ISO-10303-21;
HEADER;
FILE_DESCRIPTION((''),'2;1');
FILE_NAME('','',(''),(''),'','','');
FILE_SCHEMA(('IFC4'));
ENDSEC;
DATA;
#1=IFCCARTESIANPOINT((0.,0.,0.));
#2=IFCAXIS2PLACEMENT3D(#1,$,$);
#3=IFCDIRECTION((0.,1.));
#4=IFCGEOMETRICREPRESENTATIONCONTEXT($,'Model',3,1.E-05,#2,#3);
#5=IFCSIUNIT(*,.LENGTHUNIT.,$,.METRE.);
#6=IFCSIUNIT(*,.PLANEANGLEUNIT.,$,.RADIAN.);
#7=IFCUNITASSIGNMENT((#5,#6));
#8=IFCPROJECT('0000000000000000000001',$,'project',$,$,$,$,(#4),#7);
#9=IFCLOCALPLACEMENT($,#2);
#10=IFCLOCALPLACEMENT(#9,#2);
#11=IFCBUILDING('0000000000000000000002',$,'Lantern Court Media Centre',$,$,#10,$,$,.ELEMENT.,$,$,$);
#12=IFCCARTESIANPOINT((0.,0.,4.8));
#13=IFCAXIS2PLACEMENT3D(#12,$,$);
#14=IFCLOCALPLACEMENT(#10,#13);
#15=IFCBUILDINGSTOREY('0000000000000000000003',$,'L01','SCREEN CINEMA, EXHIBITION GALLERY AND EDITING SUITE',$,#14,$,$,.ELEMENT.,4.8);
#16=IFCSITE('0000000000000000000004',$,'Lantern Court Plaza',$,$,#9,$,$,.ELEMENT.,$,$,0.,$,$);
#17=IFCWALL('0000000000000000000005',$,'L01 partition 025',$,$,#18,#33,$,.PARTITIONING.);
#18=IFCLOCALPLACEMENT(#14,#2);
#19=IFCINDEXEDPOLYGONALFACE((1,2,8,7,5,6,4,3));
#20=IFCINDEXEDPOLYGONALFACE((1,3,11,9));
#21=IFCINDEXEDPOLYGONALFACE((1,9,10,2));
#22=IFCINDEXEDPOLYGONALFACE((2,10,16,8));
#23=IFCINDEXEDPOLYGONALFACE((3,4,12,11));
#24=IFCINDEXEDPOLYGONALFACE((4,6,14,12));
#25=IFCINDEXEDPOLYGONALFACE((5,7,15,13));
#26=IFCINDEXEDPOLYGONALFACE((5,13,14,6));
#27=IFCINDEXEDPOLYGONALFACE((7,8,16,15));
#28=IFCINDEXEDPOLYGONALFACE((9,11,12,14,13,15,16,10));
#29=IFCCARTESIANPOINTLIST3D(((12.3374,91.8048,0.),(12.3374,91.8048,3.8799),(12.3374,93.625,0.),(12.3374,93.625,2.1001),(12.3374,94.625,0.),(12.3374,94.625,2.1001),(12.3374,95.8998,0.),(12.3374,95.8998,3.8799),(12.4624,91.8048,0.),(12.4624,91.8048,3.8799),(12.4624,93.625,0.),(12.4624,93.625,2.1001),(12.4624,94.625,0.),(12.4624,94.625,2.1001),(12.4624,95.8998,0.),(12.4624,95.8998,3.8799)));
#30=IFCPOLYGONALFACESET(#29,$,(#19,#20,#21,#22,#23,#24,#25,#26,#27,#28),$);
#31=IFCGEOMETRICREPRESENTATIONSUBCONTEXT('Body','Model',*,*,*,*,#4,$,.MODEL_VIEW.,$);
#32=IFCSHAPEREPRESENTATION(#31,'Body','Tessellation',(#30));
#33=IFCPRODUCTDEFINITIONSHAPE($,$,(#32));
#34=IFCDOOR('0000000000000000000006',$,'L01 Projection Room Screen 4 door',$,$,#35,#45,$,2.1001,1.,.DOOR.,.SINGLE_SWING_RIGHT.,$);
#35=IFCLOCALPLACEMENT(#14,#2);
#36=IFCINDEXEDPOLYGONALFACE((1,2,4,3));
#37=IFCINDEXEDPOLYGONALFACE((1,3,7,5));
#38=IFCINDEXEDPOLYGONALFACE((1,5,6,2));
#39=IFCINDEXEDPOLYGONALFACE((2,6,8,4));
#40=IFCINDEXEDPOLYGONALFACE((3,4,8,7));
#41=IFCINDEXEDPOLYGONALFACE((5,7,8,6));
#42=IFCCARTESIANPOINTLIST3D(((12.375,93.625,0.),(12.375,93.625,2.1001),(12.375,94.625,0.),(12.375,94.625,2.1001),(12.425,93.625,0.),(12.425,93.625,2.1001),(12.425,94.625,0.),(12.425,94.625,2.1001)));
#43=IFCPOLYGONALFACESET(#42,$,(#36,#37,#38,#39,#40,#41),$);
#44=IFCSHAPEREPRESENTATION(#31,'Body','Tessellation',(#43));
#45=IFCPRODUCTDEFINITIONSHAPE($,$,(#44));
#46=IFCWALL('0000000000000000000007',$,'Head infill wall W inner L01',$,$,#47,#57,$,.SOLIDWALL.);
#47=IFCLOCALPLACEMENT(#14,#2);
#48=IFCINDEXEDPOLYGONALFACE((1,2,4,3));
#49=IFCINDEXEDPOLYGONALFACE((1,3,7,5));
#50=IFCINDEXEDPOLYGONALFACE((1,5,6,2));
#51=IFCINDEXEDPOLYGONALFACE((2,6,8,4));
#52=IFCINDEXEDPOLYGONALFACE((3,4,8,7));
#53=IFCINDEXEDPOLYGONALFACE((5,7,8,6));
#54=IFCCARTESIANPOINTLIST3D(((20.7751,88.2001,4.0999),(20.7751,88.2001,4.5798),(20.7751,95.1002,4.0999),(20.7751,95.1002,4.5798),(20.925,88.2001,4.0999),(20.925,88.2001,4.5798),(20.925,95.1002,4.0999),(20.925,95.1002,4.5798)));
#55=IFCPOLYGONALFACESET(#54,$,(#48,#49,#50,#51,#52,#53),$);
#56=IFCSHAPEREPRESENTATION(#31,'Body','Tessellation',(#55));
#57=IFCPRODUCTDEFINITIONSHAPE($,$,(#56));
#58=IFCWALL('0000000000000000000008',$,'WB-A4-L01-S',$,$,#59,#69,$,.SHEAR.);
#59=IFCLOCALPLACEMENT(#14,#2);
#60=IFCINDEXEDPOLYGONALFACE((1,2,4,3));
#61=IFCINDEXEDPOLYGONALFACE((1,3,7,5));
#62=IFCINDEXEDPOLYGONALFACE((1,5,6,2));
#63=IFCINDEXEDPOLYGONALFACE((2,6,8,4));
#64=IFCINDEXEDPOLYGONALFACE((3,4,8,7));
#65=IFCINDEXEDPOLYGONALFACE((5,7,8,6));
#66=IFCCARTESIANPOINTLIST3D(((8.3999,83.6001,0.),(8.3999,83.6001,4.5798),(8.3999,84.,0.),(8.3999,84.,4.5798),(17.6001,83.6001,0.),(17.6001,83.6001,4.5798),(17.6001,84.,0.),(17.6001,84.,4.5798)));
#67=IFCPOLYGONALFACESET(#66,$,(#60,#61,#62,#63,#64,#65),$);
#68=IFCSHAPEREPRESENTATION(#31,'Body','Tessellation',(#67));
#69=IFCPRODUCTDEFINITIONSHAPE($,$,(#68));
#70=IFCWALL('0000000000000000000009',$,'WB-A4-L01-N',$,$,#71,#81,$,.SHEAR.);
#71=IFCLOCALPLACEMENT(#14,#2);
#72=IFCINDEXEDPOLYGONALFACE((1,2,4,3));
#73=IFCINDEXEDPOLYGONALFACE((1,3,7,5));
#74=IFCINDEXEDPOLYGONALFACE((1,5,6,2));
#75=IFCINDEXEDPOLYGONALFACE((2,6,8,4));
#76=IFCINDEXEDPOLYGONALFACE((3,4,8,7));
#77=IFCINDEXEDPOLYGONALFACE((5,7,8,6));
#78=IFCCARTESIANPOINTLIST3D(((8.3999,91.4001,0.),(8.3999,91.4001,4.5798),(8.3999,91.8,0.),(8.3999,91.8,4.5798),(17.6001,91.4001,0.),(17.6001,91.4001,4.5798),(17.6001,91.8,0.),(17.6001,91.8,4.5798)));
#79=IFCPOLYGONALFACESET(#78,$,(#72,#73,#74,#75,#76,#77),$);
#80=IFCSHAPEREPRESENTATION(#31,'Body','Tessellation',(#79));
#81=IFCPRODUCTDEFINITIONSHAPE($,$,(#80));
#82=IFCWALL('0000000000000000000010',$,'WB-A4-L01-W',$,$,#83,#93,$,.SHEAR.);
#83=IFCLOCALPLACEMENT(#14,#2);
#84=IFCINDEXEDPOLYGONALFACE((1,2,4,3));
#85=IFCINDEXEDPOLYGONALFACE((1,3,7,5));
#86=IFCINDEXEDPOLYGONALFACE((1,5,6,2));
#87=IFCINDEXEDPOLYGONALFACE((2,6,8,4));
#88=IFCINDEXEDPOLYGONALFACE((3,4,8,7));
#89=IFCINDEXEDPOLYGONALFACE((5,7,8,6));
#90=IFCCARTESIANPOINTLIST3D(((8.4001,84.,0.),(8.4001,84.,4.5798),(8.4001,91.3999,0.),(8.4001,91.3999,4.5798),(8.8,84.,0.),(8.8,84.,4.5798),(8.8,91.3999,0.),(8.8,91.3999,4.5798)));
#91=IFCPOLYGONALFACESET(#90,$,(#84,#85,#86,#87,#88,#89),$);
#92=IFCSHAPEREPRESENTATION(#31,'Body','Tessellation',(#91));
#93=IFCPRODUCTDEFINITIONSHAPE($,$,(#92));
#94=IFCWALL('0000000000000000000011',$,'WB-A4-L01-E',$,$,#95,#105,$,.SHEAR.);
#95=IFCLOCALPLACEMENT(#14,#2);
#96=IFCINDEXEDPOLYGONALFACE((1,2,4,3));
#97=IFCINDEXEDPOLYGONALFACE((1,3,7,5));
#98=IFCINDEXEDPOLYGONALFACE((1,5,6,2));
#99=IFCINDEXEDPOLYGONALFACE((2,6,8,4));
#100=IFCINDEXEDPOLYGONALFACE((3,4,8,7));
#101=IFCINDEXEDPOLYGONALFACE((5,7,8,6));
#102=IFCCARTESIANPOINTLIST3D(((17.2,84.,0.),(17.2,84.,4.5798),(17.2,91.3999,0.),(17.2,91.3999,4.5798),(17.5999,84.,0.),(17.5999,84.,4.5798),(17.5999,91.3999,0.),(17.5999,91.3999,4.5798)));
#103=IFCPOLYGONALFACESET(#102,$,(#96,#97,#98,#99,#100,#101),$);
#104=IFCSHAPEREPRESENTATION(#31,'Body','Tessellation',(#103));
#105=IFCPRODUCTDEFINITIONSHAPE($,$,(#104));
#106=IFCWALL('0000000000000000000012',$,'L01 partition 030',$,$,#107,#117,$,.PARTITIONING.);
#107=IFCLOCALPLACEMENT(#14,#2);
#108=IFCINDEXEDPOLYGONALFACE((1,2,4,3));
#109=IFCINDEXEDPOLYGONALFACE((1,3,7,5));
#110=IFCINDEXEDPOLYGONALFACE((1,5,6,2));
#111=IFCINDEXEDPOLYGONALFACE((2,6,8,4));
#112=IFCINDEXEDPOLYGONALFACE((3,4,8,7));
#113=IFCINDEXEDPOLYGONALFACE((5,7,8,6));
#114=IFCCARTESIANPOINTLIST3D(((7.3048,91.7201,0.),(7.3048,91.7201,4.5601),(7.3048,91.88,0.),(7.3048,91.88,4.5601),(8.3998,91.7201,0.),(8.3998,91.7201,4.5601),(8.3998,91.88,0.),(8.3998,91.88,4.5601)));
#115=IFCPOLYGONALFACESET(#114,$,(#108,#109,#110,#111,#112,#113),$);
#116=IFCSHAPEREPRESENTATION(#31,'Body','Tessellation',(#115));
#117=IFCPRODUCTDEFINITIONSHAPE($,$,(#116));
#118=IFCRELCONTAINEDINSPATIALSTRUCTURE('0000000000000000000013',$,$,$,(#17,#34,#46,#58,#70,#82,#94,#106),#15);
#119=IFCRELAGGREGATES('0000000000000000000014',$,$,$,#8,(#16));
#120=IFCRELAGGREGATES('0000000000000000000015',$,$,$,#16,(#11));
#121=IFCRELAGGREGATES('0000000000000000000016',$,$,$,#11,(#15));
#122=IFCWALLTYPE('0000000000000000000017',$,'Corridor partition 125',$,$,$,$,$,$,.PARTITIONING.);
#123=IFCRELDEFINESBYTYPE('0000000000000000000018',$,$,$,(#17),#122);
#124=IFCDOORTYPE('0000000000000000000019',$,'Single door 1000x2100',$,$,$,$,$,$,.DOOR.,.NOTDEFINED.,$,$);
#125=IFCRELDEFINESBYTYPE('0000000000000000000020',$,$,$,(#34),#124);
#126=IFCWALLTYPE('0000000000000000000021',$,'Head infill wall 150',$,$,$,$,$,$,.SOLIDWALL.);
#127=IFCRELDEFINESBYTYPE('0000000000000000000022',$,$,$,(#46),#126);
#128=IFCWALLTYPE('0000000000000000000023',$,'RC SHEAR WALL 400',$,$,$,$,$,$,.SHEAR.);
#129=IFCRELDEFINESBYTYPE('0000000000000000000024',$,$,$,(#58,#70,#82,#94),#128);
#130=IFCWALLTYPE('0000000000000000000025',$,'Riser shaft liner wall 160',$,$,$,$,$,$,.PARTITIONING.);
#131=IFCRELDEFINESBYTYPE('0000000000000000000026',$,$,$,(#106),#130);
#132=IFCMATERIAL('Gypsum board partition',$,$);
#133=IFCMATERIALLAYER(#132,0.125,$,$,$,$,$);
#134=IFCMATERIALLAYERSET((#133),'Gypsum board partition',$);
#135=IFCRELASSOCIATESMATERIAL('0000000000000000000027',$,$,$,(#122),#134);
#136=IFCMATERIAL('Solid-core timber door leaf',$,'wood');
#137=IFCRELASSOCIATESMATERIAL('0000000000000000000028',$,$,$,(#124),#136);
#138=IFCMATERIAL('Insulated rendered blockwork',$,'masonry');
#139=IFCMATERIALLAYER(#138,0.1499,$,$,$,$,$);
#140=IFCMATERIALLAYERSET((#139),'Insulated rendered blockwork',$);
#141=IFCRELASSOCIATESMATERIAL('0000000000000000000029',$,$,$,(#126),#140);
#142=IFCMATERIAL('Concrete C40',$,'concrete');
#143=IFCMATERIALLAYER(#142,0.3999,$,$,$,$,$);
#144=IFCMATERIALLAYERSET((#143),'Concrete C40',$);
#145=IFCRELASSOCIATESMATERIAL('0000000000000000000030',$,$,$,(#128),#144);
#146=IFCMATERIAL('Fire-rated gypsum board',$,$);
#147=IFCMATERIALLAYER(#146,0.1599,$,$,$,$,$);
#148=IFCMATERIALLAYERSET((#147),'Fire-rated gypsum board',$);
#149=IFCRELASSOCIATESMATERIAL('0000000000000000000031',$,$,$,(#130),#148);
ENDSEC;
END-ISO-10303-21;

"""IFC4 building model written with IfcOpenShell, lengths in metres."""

from ifc_helpers import new_model, si_unit, direction, frame, frame_2d, origin, place, context, subcontext, project, spatial, rectangle, extrude, material, layer, layer_set, type_object, element, fill, save


model = new_model("IFC4")

# Units and contexts
model_context = context("Model", 3, precision=1e-05, world=origin(), true_north=direction((0.0, 1.0)))
body_context = subcontext(model_context, "Body", "Model", "MODEL_VIEW")
ifc_project = project(units=[si_unit("LENGTHUNIT", "METRE"), si_unit("PLANEANGLEUNIT", "RADIAN")], contexts=[model_context])

# Site, building, storey
site_placement = place(None, origin())
site = spatial("IfcSite", under=ifc_project, at=site_placement, Name="Lantern Court Plaza", CompositionType="ELEMENT", RefElevation=0.0)
building_placement = place(site_placement, origin())
building = spatial("IfcBuilding", under=site, at=building_placement, Name="Lantern Court Media Centre", CompositionType="ELEMENT")
storey_placement = place(building_placement, frame((0.0, 0.0, 4.8)))
storey = spatial("IfcBuildingStorey", under=building, at=storey_placement, Name="L01", Description="SCREEN CINEMA, EXHIBITION GALLERY AND EDITING SUITE", CompositionType="ELEMENT", Elevation=4.8)

# Wall, opening, door
ifc_material_1 = material(Name="Gypsum board partition")
ifc_layer_1 = layer(ifc_material_1, 0.125)
ifc_layer_set_1 = layer_set([ifc_layer_1], Name="Gypsum board partition")
wall_type_1 = type_object("IfcWallType", Name="Corridor partition 125", PredefinedType="PARTITIONING", material=ifc_layer_set_1)
wall_1_placement = place(storey_placement, frame((12.3999, 91.8049, 0.0), z_axis=(0.0, 0.0, 1.0), x_axis=(0.0, 1.0, 0.0)))
wall_1 = element("IfcWall", 1, at=wall_1_placement, inside=storey, type_object=wall_type_1, Name="L01 partition 025", PredefinedType="PARTITIONING", context=body_context, shape_type="SweptSolid", body=[
    extrude(rectangle(XDim=4.095, YDim=0.125, at=frame_2d((2.0474, 0.0))), origin(), (0.0, 0.0, 1.0), 3.8799),
])
opening_placement = place(wall_1_placement, frame((1.8201, 0.0, 0.0)))
opening = element("IfcOpeningElement", 2, at=opening_placement, cuts=wall_1, PredefinedType="OPENING", context=body_context, shape_type="SweptSolid", body=[
    extrude(rectangle(XDim=1.0, YDim=2.1001, at=frame_2d((0.5, 1.05))), frame((0.0, 0.0725, 0.0), z_axis=(0.0, -1.0, 0.0), x_axis=(1.0, 0.0, 0.0)), (0.0, 0.0, 1.0), 0.145),
])
ifc_material_2 = material(Name="Solid-core timber door leaf", Category="wood")
door_type = type_object("IfcDoorType", Name="Single door 1000x2100", OperationType="NOTDEFINED", PredefinedType="DOOR", material=ifc_material_2)
door_placement = place(opening_placement, origin())
door = element("IfcDoor", 3, at=door_placement, inside=storey, type_object=door_type, Name="L01 Projection Room Screen 4 door", OperationType="SINGLE_SWING_RIGHT", OverallHeight=2.1001, OverallWidth=1.0, PredefinedType="DOOR", context=body_context, shape_type="SweptSolid", body=[
    extrude(rectangle(XDim=1.0, YDim=2.1001, at=frame_2d((0.5, 1.05))), frame((0.0, 0.0249, 0.0), z_axis=(0.0, -1.0, 0.0), x_axis=(1.0, 0.0, 0.0)), (0.0, 0.0, 1.0), 0.05),
])
fill(opening, door)

# Walls
ifc_material_3 = material(Name="Insulated rendered blockwork", Category="masonry")
ifc_layer_2 = layer(ifc_material_3, 0.1499)
ifc_layer_set_2 = layer_set([ifc_layer_2], Name="Insulated rendered blockwork")
wall_type_2 = type_object("IfcWallType", Name="Head infill wall 150", PredefinedType="SOLIDWALL", material=ifc_layer_set_2)
wall_2_placement = place(storey_placement, frame((20.8501, 88.2, 4.0999), z_axis=(0.0, 0.0, 1.0), x_axis=(0.0, 1.0, 0.0)))
element("IfcWall", 4, at=wall_2_placement, inside=storey, type_object=wall_type_2, Name="Head infill wall W inner L01", PredefinedType="SOLIDWALL", context=body_context, shape_type="SweptSolid", body=[
    extrude(rectangle(XDim=6.9001, YDim=0.1499, at=frame_2d((3.4502, 0.0))), origin(), (0.0, 0.0, 1.0), 0.48),
])
ifc_material_4 = material(Name="Concrete C40", Category="concrete")
ifc_layer_3 = layer(ifc_material_4, 0.3999)
ifc_layer_set_3 = layer_set([ifc_layer_3], Name="Concrete C40")
wall_type_3 = type_object("IfcWallType", Name="RC SHEAR WALL 400", PredefinedType="SHEAR", material=ifc_layer_set_3)
for number, where, z_axis, x_axis, name in (
    (5, (8.3999, 83.8, 0.0), (0.0, 0.0, 1.0), (1.0, 0.0, 0.0), "WB-A4-L01-S"),
    (6, (8.3999, 91.6001, 0.0), (0.0, 0.0, 1.0), (1.0, 0.0, 0.0), "WB-A4-L01-N"),
):
    element("IfcWall", number, at=place(storey_placement, frame(where, z_axis=z_axis, x_axis=x_axis)), inside=storey, type_object=wall_type_3, Name=name, PredefinedType="SHEAR", context=body_context, shape_type="SweptSolid", body=[
        extrude(rectangle(XDim=9.2002, YDim=0.3999, at=frame_2d((4.6001, 0.0))), origin(), (0.0, 0.0, 1.0), 4.5798),
    ])
for number, where, z_axis, x_axis, name in (
    (7, (8.6001, 84.0, 0.0), (0.0, 0.0, 1.0), (0.0, 1.0, 0.0), "WB-A4-L01-W"),
    (8, (17.3999, 84.0, 0.0), (0.0, 0.0, 1.0), (0.0, 1.0, 0.0), "WB-A4-L01-E"),
):
    element("IfcWall", number, at=place(storey_placement, frame(where, z_axis=z_axis, x_axis=x_axis)), inside=storey, type_object=wall_type_3, Name=name, PredefinedType="SHEAR", context=body_context, shape_type="SweptSolid", body=[
        extrude(rectangle(XDim=7.3999, YDim=0.3999, at=frame_2d((3.7, 0.0))), origin(), (0.0, 0.0, 1.0), 4.5798),
    ])
ifc_material_5 = material(Name="Fire-rated gypsum board")
ifc_layer_4 = layer(ifc_material_5, 0.1599)
ifc_layer_set_4 = layer_set([ifc_layer_4], Name="Fire-rated gypsum board")
wall_type_4 = type_object("IfcWallType", Name="Riser shaft liner wall 160", PredefinedType="PARTITIONING", material=ifc_layer_set_4)
wall_3_placement = place(storey_placement, frame((7.3049, 91.8, 0.0), z_axis=(0.0, 0.0, 1.0), x_axis=(1.0, 0.0, 0.0)))
element("IfcWall", 9, at=wall_3_placement, inside=storey, type_object=wall_type_4, Name="L01 partition 030", PredefinedType="PARTITIONING", context=body_context, shape_type="SweptSolid", body=[
    extrude(rectangle(XDim=1.095, YDim=0.1599, at=frame_2d((0.5474, 0.0))), origin(), (0.0, 0.0, 1.0), 4.5601),
])

save(model, "model.ifc")
